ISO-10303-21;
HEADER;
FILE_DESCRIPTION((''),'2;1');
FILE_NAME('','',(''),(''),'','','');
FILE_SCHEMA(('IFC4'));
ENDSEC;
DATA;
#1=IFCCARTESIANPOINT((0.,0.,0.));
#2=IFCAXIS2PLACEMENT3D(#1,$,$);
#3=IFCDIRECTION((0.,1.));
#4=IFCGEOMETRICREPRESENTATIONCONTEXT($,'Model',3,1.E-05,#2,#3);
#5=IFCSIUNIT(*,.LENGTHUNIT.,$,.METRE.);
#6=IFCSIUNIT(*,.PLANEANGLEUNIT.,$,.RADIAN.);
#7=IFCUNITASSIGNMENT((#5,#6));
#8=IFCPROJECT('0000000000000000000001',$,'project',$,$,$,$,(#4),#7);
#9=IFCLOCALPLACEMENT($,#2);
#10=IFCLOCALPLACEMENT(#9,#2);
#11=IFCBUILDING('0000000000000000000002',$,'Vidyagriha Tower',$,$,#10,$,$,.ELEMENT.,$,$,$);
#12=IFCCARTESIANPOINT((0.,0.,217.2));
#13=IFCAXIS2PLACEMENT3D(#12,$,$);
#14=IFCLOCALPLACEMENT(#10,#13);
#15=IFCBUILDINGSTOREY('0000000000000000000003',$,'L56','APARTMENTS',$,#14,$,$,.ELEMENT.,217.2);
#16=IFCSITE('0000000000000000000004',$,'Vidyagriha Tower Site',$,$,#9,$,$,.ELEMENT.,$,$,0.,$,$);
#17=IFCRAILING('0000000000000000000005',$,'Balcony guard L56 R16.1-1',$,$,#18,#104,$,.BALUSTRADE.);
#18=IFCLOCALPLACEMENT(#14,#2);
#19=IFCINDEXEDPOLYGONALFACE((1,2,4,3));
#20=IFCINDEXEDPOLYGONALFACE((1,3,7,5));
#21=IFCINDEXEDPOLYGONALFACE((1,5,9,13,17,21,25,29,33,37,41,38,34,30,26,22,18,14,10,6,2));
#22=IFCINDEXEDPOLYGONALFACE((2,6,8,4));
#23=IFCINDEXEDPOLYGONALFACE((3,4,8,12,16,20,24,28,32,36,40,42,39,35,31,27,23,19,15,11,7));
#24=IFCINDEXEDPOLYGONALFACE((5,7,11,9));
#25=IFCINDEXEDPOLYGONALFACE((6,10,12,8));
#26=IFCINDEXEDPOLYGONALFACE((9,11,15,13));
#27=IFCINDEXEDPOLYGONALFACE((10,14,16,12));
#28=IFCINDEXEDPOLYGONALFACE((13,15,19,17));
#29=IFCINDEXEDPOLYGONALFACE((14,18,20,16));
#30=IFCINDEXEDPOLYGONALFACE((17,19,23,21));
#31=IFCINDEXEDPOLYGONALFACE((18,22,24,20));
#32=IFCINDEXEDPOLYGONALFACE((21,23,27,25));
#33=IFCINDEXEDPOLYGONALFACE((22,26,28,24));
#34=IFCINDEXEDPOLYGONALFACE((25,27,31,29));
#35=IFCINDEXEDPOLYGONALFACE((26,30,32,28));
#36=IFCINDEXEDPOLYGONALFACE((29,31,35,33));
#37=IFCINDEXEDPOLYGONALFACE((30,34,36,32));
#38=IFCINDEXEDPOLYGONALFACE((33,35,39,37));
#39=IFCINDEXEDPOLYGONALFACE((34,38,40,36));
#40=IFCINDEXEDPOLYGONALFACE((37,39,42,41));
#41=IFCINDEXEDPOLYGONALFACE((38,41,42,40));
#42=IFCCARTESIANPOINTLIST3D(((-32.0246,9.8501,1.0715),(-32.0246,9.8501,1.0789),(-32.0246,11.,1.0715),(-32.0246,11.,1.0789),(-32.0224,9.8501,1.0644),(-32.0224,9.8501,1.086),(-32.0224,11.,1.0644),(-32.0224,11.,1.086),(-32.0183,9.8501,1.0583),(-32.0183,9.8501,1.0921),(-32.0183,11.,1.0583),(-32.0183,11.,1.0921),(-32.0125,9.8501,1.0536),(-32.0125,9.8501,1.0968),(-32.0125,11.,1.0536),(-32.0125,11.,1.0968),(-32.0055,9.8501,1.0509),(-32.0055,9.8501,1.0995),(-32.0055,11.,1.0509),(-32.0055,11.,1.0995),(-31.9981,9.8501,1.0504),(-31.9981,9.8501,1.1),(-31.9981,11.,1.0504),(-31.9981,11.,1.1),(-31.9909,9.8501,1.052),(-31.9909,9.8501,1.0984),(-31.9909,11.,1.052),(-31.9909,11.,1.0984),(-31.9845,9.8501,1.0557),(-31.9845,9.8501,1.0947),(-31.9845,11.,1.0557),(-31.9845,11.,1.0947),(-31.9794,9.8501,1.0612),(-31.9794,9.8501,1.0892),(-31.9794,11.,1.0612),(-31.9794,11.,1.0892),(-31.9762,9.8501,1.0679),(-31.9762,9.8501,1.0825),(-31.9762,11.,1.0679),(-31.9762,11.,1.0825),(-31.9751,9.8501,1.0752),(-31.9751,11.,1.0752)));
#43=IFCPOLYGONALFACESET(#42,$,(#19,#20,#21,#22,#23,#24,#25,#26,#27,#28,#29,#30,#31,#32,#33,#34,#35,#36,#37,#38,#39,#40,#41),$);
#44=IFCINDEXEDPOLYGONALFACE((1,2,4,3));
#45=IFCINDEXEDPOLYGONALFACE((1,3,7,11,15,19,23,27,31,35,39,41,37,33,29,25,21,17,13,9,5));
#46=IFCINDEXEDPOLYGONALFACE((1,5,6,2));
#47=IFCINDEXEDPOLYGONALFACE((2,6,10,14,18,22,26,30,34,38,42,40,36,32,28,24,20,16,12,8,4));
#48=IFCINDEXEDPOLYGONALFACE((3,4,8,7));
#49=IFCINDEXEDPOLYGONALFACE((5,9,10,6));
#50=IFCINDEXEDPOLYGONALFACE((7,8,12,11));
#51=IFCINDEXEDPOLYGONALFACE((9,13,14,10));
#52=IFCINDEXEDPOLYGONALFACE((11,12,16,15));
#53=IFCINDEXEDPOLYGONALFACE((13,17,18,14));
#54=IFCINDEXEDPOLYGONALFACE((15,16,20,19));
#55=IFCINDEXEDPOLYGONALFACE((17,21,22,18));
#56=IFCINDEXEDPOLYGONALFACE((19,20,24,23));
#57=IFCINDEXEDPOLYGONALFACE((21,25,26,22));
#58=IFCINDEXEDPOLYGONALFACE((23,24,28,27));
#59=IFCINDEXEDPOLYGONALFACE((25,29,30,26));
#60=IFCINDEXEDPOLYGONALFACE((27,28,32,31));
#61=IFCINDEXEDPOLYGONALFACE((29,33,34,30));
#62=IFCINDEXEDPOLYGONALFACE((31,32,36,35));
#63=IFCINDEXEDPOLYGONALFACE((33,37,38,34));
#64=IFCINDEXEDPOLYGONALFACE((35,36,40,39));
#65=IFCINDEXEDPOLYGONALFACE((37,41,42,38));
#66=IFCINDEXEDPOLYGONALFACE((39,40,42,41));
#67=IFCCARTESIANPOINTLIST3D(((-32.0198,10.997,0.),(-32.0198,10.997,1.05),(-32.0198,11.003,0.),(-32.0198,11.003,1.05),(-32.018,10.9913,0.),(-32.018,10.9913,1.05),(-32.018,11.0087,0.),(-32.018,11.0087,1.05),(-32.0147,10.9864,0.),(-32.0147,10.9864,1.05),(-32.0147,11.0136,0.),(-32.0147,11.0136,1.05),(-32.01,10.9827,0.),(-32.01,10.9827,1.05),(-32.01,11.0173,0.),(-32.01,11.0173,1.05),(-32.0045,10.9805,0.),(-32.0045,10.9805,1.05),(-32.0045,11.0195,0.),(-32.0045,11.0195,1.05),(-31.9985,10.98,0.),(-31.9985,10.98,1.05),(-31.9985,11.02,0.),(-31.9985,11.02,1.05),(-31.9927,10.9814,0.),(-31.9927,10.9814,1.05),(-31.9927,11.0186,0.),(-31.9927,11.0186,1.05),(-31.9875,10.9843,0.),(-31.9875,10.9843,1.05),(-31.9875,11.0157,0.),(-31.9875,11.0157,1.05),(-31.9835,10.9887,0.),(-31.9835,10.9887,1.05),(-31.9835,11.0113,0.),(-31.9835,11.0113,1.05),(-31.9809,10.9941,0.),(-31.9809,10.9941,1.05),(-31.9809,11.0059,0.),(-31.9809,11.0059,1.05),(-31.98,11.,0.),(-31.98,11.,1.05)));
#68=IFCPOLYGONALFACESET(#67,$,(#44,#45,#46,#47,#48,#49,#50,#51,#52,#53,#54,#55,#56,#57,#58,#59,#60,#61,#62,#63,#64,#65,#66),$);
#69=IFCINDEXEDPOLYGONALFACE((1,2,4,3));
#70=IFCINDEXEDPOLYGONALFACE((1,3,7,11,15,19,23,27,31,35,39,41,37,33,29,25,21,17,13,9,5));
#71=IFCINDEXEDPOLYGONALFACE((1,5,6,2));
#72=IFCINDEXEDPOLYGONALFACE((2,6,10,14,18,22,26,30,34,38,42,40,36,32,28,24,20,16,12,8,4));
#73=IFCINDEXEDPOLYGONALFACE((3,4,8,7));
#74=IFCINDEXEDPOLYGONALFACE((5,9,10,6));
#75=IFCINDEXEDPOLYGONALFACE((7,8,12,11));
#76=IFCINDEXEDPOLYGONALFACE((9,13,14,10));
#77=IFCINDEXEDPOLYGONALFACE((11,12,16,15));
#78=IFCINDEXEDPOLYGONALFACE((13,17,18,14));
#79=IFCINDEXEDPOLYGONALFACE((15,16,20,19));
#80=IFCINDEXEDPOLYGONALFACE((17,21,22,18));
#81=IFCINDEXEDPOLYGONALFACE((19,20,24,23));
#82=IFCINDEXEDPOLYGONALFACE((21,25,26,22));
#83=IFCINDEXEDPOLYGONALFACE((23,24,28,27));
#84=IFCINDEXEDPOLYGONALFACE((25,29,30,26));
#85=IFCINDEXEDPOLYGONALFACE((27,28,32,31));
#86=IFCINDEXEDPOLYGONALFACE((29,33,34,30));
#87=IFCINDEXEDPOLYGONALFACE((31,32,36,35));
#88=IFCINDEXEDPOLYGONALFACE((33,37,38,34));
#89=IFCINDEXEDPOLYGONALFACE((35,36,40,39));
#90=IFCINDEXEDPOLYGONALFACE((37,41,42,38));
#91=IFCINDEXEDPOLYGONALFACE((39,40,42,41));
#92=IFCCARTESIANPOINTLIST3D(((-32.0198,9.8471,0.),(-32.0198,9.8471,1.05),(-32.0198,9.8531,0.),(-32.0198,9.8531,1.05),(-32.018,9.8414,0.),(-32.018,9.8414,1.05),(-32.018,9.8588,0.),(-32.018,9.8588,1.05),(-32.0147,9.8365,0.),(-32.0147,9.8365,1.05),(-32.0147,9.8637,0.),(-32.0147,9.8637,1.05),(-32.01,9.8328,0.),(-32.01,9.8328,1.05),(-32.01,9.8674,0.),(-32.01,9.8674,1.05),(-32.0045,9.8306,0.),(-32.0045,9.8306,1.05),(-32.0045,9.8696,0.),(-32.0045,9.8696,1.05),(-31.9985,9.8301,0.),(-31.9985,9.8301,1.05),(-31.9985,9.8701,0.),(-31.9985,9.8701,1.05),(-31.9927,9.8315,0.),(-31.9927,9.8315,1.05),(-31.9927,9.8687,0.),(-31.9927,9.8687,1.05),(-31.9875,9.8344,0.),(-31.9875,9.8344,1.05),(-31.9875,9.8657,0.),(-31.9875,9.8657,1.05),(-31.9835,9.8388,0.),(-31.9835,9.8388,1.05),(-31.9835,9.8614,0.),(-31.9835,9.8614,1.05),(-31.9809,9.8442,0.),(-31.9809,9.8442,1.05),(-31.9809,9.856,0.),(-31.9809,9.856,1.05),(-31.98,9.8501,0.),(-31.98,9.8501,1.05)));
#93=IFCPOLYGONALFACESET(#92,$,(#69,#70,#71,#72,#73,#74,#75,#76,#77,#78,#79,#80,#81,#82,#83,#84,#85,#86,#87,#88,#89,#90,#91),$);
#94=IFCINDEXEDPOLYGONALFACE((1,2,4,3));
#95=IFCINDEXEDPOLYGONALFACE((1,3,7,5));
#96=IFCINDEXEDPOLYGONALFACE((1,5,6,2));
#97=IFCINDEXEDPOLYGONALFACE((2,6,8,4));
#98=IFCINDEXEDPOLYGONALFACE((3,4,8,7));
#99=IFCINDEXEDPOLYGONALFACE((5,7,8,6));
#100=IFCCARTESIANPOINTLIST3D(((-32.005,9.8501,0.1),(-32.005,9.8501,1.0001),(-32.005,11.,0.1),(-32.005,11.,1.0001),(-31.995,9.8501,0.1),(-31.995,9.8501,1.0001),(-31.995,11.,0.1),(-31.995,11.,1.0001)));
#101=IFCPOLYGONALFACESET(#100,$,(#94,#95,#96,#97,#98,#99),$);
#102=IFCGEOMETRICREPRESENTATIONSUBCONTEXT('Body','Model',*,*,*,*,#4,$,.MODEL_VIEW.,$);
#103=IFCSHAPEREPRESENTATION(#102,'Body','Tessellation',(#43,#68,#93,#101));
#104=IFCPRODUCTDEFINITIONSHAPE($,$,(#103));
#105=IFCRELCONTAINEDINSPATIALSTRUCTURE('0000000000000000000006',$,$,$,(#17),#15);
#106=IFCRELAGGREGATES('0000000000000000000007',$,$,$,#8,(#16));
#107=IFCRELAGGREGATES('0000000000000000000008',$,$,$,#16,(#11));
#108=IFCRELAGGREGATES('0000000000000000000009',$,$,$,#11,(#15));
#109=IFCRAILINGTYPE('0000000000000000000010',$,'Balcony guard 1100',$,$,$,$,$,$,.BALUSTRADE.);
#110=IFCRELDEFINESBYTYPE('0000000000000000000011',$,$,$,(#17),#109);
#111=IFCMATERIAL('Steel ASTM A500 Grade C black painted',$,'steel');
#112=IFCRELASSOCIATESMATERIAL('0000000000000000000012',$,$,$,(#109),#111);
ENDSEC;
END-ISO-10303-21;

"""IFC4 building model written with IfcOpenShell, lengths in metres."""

from ifc_helpers import new_model, si_unit, direction, frame, origin, origin_2d, place, context, subcontext, project, spatial, rectangle, circle, extrude, material, type_object, element, save


model = new_model("IFC4")

# Units and contexts
model_context = context("Model", 3, precision=1e-05, world=origin(), true_north=direction((0.0, 1.0)))
body_context = subcontext(model_context, "Body", "Model", "MODEL_VIEW")
ifc_project = project(units=[si_unit("LENGTHUNIT", "METRE"), si_unit("PLANEANGLEUNIT", "RADIAN")], contexts=[model_context])

# Site, building, storey
site_placement = place(None, origin())
site = spatial("IfcSite", under=ifc_project, at=site_placement, Name="Vidyagriha Tower Site", CompositionType="ELEMENT", RefElevation=0.0)
building_placement = place(site_placement, origin())
building = spatial("IfcBuilding", under=site, at=building_placement, Name="Vidyagriha Tower", CompositionType="ELEMENT")
storey_placement = place(building_placement, frame((0.0, 0.0, 217.2)))
storey = spatial("IfcBuildingStorey", under=building, at=storey_placement, Name="L56", Description="APARTMENTS", CompositionType="ELEMENT", Elevation=217.2)

# Railing
ifc_material_1 = material(Name="Steel ASTM A500 Grade C black painted", Category="steel")
railing_type_1 = type_object("IfcRailingType", Name="Balcony guard 1100", PredefinedType="BALUSTRADE", material=ifc_material_1)
railing_1_placement = place(storey_placement, frame((-32.0, 11.0, 0.0)))
element("IfcRailing", 1, at=railing_1_placement, inside=storey, type_object=railing_type_1, Name="Balcony guard L56 R16.1-1", PredefinedType="BALUSTRADE", context=body_context, shape_type="SweptSolid", body=[
    extrude(circle(Radius=0.0249, at=origin_2d()), frame((0.0, 0.0, 1.0752), z_axis=(0.0, -1.0, 0.0), x_axis=(1.0, 0.0, 0.0)), (0.0, 0.0, 1.0), 1.1499),
    extrude(circle(Radius=0.02, at=origin_2d()), origin(), (0.0, 0.0, 1.0), 1.05),
    extrude(circle(Radius=0.02, at=origin_2d()), frame((0.0, -1.1499, 0.0)), (0.0, 0.0, 1.0), 1.05),
    extrude(rectangle(XDim=0.01, YDim=0.9001, at=origin_2d()), frame((0.0, 0.0, 0.55), z_axis=(0.0, -1.0, 0.0), x_axis=(1.0, 0.0, 0.0)), (0.0, 0.0, 1.0), 1.1499),
])

save(model, "model.ifc")
